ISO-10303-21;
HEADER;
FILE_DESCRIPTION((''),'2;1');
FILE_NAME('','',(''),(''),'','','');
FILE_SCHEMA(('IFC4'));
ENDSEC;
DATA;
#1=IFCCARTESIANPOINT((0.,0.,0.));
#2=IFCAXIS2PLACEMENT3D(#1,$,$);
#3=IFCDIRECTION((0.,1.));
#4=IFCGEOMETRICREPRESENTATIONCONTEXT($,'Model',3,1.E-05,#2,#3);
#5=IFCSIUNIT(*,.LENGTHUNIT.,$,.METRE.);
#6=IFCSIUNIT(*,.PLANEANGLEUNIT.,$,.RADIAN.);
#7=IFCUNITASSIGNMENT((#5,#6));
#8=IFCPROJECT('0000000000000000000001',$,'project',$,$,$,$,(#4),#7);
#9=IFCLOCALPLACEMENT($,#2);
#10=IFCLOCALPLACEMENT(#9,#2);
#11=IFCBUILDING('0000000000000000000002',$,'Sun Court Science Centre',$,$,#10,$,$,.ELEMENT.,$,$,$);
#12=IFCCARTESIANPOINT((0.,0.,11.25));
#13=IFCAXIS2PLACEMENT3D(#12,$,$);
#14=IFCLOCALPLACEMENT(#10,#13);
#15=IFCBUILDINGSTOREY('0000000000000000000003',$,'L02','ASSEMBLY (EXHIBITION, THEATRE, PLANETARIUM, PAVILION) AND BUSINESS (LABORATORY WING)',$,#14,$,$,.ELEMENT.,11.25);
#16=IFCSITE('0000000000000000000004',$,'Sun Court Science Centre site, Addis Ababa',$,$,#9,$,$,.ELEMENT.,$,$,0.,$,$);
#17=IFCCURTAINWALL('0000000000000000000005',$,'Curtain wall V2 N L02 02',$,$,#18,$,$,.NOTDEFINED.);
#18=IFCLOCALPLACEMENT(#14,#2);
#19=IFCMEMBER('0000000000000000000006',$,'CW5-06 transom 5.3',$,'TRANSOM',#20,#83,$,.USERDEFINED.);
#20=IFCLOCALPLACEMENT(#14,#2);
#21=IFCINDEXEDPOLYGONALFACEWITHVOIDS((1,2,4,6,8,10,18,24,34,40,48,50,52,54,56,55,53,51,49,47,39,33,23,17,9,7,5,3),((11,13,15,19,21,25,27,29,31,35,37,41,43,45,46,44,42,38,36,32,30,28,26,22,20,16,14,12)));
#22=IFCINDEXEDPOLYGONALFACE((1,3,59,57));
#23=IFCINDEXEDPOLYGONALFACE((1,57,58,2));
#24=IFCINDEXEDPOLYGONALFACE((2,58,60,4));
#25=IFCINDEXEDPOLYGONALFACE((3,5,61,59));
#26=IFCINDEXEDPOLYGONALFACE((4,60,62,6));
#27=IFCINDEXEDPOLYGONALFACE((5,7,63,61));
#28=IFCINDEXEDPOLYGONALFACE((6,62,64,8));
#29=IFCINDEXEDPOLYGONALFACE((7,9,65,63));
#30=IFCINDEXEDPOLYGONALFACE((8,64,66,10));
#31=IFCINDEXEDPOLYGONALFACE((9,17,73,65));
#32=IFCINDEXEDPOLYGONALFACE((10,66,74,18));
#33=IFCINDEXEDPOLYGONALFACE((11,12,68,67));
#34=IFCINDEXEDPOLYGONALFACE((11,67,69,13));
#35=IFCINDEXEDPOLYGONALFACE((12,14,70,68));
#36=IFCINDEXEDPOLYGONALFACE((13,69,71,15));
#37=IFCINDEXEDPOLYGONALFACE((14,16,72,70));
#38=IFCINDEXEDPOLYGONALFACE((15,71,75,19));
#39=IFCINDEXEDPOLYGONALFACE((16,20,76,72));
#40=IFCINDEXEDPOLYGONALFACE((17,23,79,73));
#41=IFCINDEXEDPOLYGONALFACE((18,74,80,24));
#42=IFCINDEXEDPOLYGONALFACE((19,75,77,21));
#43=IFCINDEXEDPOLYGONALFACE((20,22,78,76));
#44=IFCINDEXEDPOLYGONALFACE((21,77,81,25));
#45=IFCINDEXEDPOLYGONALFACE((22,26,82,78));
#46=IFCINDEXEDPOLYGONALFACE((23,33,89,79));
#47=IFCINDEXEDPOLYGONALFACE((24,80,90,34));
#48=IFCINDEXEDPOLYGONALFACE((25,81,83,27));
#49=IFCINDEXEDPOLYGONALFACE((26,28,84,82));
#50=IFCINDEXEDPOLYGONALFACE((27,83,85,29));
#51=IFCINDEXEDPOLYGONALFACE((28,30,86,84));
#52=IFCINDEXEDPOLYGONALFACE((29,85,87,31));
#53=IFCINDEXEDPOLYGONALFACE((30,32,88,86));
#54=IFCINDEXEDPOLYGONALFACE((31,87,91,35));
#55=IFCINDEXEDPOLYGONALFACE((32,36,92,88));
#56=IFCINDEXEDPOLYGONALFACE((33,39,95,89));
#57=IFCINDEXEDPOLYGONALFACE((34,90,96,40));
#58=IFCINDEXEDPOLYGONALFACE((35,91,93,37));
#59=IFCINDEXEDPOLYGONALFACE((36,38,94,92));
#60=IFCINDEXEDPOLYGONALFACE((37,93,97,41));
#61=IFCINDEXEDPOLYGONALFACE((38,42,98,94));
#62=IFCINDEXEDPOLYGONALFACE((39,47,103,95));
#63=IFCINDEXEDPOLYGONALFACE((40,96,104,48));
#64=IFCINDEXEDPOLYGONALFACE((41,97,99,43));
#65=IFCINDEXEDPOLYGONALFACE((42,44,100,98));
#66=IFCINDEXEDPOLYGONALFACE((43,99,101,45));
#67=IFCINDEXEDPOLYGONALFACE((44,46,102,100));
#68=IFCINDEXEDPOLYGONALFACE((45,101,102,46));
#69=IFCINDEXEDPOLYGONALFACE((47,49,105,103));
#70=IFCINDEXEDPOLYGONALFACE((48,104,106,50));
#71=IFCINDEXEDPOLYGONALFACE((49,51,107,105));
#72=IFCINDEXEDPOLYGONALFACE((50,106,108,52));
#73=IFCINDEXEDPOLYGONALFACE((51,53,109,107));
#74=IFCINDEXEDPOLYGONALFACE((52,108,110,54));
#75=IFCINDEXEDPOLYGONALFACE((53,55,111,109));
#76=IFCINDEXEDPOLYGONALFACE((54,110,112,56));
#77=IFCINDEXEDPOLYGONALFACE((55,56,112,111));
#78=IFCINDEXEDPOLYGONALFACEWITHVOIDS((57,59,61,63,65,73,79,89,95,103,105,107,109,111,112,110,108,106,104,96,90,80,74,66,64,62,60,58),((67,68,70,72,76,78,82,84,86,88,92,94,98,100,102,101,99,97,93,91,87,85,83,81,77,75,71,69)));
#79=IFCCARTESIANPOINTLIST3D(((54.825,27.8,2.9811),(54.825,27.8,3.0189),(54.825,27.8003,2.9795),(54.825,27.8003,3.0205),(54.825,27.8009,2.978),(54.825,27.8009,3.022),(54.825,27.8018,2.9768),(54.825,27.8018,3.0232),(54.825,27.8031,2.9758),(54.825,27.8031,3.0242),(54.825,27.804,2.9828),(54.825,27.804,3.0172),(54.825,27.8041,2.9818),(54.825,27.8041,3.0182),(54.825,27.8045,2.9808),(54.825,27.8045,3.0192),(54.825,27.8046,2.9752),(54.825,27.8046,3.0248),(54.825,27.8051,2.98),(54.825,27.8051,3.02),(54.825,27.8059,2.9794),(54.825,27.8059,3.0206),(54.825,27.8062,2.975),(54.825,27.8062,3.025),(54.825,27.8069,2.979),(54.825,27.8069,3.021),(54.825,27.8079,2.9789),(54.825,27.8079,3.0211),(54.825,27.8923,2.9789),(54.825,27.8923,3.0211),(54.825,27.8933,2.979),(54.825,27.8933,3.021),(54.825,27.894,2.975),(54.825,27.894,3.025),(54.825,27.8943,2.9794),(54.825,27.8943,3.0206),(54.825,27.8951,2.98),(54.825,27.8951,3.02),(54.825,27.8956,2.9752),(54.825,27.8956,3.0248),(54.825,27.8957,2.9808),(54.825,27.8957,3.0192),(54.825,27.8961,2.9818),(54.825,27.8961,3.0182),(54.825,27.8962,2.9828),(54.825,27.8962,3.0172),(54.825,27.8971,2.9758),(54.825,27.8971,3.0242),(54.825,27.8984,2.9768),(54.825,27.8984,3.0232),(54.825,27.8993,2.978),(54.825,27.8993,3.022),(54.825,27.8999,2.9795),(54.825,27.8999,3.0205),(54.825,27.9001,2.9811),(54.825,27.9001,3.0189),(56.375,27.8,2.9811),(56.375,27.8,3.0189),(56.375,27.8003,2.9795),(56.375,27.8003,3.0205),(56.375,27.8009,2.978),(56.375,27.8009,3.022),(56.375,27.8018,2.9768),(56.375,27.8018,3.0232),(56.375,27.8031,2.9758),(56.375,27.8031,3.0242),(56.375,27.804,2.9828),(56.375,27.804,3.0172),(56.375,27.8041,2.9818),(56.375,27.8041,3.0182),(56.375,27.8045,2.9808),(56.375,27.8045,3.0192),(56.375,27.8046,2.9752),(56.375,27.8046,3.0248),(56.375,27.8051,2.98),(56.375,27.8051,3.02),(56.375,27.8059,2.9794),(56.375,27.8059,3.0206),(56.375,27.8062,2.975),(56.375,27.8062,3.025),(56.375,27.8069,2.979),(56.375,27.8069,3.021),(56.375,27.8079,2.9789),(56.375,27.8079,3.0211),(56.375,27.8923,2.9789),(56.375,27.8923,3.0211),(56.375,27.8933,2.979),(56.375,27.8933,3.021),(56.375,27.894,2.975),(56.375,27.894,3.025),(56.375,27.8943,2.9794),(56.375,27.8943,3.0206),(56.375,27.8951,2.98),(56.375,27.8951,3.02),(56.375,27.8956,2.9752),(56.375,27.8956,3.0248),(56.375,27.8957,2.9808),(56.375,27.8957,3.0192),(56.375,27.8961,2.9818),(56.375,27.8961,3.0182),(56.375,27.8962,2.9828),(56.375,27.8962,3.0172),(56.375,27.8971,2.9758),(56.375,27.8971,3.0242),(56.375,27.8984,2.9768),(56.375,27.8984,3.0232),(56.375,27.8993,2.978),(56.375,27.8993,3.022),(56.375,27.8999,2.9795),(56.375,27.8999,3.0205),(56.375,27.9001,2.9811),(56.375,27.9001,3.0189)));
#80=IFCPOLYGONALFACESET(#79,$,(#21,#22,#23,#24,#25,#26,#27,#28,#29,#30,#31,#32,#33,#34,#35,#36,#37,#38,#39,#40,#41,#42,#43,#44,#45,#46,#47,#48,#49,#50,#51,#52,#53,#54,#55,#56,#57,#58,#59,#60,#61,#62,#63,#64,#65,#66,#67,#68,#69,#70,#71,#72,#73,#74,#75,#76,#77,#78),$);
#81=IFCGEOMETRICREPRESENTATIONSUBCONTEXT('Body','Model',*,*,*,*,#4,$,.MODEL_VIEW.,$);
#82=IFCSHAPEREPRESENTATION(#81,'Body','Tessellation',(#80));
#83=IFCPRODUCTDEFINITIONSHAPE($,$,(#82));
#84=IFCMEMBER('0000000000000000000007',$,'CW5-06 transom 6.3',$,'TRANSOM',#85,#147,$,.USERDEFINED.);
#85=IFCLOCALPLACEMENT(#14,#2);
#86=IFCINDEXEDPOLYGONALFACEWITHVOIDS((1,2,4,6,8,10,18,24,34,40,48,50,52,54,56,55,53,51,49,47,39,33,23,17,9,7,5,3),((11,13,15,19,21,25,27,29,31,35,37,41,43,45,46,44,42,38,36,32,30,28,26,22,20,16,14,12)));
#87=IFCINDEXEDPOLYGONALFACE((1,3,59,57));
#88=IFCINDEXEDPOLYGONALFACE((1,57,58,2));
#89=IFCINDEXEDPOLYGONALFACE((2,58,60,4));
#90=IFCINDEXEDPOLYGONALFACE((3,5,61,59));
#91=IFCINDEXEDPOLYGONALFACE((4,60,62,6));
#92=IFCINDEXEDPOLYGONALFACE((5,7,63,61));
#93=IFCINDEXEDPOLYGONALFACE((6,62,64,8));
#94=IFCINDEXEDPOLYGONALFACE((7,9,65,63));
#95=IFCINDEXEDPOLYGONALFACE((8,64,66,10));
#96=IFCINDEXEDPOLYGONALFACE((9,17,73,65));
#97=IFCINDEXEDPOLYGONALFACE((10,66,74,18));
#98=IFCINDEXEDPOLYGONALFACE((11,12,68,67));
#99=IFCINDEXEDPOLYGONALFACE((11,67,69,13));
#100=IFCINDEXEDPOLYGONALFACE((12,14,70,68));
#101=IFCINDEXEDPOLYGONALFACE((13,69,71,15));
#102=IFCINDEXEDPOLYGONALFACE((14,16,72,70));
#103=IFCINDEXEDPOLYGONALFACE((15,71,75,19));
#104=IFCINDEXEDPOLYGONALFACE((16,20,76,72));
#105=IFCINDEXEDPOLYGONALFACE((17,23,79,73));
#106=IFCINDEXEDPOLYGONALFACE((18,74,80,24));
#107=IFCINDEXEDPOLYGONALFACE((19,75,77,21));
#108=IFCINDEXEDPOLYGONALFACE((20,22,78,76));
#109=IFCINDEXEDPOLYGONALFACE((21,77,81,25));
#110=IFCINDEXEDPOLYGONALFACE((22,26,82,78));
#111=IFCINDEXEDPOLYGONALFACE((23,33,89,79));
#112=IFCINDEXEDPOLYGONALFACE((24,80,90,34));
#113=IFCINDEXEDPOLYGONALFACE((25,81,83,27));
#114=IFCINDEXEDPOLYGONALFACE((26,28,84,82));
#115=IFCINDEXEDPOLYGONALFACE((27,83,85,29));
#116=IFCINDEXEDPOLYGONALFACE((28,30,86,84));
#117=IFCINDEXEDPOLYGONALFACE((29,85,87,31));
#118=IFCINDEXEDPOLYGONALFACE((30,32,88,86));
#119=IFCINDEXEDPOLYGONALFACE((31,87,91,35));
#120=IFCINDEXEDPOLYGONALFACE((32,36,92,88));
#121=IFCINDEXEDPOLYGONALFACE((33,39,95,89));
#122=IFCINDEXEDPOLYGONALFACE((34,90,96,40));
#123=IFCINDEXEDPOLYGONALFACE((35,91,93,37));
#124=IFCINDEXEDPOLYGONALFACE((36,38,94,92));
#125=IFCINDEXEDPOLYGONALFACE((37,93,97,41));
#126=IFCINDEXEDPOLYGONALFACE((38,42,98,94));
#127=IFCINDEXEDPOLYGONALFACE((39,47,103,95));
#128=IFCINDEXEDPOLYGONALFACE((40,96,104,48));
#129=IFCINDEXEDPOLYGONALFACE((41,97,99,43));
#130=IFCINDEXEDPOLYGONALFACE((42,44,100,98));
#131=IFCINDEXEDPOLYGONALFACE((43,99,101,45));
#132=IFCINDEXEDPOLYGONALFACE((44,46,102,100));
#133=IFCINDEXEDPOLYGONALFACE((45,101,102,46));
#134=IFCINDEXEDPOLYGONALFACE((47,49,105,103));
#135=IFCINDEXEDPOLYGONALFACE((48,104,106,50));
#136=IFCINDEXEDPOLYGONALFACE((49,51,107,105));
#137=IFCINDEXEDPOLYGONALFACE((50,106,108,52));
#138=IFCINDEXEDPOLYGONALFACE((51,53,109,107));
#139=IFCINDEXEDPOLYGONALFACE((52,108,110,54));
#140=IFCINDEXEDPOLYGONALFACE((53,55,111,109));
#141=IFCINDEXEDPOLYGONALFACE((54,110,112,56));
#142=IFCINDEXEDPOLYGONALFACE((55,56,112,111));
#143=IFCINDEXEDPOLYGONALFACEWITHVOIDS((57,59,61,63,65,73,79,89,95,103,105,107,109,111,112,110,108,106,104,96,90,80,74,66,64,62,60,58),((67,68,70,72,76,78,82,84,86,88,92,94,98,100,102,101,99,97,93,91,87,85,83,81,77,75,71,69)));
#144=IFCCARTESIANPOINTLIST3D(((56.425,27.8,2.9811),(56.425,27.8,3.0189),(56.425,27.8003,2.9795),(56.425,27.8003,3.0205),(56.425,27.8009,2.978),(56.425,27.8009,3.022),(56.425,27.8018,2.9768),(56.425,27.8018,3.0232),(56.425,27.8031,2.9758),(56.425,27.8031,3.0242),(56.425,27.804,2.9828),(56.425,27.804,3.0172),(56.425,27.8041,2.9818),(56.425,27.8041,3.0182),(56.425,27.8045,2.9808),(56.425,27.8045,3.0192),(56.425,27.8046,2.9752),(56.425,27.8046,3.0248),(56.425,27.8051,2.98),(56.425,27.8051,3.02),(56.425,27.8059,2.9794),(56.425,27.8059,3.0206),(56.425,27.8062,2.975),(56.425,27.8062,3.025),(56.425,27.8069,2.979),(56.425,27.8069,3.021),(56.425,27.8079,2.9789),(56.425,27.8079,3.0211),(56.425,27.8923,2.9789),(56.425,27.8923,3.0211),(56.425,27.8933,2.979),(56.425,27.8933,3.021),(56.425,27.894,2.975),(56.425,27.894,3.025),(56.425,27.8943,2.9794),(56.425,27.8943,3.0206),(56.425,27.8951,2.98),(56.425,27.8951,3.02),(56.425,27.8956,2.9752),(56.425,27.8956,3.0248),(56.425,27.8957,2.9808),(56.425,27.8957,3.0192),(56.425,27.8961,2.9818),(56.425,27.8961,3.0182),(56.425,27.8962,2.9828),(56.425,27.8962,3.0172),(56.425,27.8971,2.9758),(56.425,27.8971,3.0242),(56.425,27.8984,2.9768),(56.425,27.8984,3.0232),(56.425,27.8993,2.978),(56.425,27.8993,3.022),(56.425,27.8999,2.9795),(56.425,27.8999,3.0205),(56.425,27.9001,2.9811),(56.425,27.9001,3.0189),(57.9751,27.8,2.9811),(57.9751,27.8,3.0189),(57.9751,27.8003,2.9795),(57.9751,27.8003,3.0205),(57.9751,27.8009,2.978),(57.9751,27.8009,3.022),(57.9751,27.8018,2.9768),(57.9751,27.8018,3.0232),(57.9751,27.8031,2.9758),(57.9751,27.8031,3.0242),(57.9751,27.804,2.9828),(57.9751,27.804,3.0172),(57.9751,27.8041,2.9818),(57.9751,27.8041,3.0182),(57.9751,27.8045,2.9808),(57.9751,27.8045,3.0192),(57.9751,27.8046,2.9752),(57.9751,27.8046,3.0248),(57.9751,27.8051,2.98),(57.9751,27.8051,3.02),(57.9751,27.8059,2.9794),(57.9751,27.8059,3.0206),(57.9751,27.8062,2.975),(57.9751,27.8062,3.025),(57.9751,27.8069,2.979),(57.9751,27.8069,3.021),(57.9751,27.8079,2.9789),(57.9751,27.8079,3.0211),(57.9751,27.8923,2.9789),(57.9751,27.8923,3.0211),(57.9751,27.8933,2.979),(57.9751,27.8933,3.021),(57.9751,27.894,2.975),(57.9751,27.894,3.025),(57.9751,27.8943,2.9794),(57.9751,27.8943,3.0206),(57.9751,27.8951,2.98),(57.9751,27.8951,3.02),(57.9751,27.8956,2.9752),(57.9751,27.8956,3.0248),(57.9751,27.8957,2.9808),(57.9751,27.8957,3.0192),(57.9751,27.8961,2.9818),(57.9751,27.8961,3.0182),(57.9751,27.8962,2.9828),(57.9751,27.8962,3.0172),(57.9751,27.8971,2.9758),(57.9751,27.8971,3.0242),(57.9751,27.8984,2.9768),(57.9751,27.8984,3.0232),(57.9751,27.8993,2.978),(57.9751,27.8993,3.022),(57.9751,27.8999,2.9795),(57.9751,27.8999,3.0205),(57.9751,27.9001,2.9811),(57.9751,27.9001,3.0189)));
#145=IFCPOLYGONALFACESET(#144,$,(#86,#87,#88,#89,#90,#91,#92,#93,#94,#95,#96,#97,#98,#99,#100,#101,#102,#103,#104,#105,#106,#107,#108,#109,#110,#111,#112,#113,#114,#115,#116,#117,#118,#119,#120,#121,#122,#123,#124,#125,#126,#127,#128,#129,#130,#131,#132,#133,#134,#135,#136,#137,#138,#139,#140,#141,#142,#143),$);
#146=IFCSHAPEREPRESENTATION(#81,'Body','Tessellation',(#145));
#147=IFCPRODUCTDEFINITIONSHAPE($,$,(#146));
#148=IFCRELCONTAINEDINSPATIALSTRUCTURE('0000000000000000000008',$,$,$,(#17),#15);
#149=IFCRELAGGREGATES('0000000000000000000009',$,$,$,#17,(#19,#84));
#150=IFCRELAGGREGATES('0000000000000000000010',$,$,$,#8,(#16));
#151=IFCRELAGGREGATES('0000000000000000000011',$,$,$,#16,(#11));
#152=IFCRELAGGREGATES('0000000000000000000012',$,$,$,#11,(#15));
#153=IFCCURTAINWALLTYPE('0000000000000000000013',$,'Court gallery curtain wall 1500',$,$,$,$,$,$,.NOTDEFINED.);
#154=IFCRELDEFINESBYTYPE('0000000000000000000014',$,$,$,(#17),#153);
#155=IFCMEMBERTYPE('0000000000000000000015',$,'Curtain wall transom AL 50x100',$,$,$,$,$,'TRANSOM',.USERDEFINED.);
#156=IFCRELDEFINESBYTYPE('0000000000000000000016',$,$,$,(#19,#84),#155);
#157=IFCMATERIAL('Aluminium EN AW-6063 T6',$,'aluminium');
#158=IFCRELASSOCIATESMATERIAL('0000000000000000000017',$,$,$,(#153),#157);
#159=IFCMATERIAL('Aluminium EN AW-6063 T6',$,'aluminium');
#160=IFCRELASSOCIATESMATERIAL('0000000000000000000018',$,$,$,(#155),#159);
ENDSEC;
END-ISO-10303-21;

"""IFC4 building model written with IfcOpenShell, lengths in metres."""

from ifc_helpers import new_model, si_unit, direction, frame, origin, origin_2d, place, context, subcontext, project, spatial, hollow_rectangle, extrude, material, material_profile, profile_set, type_object, element, aggregate, save


model = new_model("IFC4")

# Units and contexts
model_context = context("Model", 3, precision=1e-05, world=origin(), true_north=direction((0.0, 1.0)))
body_context = subcontext(model_context, "Body", "Model", "MODEL_VIEW")
ifc_project = project(units=[si_unit("LENGTHUNIT", "METRE"), si_unit("PLANEANGLEUNIT", "RADIAN")], contexts=[model_context])

# Site, building, storey
site_placement = place(None, origin())
site = spatial("IfcSite", under=ifc_project, at=site_placement, Name="Sun Court Science Centre site, Addis Ababa", CompositionType="ELEMENT", RefElevation=0.0)
building_placement = place(site_placement, origin())
building = spatial("IfcBuilding", under=site, at=building_placement, Name="Sun Court Science Centre", CompositionType="ELEMENT")
storey_placement = place(building_placement, frame((0.0, 0.0, 11.25)))
storey = spatial("IfcBuildingStorey", under=building, at=storey_placement, Name="L02", Description="ASSEMBLY (EXHIBITION, THEATRE, PLANETARIUM, PAVILION) AND BUSINESS (LABORATORY WING)", CompositionType="ELEMENT", Elevation=11.25)

# Curtain wall, members
ifc_material_1 = material(Name="Aluminium EN AW-6063 T6", Category="aluminium")
curtain_wall_type_1 = type_object("IfcCurtainWallType", Name="Court gallery curtain wall 1500", PredefinedType="NOTDEFINED", material=ifc_material_1)
curtain_wall_1_placement = place(storey_placement, origin())
curtain_wall_1 = element("IfcCurtainWall", 1, at=curtain_wall_1_placement, inside=storey, type_object=curtain_wall_type_1, Name="Curtain wall V2 N L02 02", PredefinedType="NOTDEFINED")
ifc_material_2 = material(Name="Aluminium EN AW-6063 T6", Category="aluminium")
ifc_material_profile_1 = material_profile(ifc_material_2, hollow_rectangle(XDim=0.05, YDim=0.1001, WallThickness=0.0039, InnerFilletRadius=0.0039, OuterFilletRadius=0.0061, at=origin_2d()), Name="AL 50x100x4")
ifc_profile_set_1 = profile_set([ifc_material_profile_1], Name="Aluminium EN AW-6063 T6")
member_type_1 = type_object("IfcMemberType", Name="Curtain wall transom AL 50x100", ElementType="TRANSOM", PredefinedType="USERDEFINED", material=ifc_profile_set_1)
member_1_placement = place(storey_placement, frame((54.825, 27.8501, 3.0), z_axis=(1.0, 0.0, 0.0), x_axis=(0.0, 0.0, 1.0)))
member_1 = element("IfcMember", 2, at=member_1_placement, type_object=member_type_1, Name="CW5-06 transom 5.3", ObjectType="TRANSOM", PredefinedType="USERDEFINED", context=body_context, shape_type="SweptSolid", body=[
    extrude(hollow_rectangle(XDim=0.05, YDim=0.1001, WallThickness=0.0039, InnerFilletRadius=0.0039, OuterFilletRadius=0.0061, at=origin_2d()), origin(), (0.0, 0.0, 1.0), 1.55),
])
member_2_placement = place(storey_placement, frame((56.425, 27.8501, 3.0), z_axis=(1.0, 0.0, 0.0), x_axis=(0.0, 0.0, 1.0)))
member_2 = element("IfcMember", 3, at=member_2_placement, type_object=member_type_1, Name="CW5-06 transom 6.3", ObjectType="TRANSOM", PredefinedType="USERDEFINED", context=body_context, shape_type="SweptSolid", body=[
    extrude(hollow_rectangle(XDim=0.05, YDim=0.1001, WallThickness=0.0039, InnerFilletRadius=0.0039, OuterFilletRadius=0.0061, at=origin_2d()), origin(), (0.0, 0.0, 1.0), 1.55),
])

aggregate(curtain_wall_1, [member_1, member_2])

save(model, "model.ifc")
